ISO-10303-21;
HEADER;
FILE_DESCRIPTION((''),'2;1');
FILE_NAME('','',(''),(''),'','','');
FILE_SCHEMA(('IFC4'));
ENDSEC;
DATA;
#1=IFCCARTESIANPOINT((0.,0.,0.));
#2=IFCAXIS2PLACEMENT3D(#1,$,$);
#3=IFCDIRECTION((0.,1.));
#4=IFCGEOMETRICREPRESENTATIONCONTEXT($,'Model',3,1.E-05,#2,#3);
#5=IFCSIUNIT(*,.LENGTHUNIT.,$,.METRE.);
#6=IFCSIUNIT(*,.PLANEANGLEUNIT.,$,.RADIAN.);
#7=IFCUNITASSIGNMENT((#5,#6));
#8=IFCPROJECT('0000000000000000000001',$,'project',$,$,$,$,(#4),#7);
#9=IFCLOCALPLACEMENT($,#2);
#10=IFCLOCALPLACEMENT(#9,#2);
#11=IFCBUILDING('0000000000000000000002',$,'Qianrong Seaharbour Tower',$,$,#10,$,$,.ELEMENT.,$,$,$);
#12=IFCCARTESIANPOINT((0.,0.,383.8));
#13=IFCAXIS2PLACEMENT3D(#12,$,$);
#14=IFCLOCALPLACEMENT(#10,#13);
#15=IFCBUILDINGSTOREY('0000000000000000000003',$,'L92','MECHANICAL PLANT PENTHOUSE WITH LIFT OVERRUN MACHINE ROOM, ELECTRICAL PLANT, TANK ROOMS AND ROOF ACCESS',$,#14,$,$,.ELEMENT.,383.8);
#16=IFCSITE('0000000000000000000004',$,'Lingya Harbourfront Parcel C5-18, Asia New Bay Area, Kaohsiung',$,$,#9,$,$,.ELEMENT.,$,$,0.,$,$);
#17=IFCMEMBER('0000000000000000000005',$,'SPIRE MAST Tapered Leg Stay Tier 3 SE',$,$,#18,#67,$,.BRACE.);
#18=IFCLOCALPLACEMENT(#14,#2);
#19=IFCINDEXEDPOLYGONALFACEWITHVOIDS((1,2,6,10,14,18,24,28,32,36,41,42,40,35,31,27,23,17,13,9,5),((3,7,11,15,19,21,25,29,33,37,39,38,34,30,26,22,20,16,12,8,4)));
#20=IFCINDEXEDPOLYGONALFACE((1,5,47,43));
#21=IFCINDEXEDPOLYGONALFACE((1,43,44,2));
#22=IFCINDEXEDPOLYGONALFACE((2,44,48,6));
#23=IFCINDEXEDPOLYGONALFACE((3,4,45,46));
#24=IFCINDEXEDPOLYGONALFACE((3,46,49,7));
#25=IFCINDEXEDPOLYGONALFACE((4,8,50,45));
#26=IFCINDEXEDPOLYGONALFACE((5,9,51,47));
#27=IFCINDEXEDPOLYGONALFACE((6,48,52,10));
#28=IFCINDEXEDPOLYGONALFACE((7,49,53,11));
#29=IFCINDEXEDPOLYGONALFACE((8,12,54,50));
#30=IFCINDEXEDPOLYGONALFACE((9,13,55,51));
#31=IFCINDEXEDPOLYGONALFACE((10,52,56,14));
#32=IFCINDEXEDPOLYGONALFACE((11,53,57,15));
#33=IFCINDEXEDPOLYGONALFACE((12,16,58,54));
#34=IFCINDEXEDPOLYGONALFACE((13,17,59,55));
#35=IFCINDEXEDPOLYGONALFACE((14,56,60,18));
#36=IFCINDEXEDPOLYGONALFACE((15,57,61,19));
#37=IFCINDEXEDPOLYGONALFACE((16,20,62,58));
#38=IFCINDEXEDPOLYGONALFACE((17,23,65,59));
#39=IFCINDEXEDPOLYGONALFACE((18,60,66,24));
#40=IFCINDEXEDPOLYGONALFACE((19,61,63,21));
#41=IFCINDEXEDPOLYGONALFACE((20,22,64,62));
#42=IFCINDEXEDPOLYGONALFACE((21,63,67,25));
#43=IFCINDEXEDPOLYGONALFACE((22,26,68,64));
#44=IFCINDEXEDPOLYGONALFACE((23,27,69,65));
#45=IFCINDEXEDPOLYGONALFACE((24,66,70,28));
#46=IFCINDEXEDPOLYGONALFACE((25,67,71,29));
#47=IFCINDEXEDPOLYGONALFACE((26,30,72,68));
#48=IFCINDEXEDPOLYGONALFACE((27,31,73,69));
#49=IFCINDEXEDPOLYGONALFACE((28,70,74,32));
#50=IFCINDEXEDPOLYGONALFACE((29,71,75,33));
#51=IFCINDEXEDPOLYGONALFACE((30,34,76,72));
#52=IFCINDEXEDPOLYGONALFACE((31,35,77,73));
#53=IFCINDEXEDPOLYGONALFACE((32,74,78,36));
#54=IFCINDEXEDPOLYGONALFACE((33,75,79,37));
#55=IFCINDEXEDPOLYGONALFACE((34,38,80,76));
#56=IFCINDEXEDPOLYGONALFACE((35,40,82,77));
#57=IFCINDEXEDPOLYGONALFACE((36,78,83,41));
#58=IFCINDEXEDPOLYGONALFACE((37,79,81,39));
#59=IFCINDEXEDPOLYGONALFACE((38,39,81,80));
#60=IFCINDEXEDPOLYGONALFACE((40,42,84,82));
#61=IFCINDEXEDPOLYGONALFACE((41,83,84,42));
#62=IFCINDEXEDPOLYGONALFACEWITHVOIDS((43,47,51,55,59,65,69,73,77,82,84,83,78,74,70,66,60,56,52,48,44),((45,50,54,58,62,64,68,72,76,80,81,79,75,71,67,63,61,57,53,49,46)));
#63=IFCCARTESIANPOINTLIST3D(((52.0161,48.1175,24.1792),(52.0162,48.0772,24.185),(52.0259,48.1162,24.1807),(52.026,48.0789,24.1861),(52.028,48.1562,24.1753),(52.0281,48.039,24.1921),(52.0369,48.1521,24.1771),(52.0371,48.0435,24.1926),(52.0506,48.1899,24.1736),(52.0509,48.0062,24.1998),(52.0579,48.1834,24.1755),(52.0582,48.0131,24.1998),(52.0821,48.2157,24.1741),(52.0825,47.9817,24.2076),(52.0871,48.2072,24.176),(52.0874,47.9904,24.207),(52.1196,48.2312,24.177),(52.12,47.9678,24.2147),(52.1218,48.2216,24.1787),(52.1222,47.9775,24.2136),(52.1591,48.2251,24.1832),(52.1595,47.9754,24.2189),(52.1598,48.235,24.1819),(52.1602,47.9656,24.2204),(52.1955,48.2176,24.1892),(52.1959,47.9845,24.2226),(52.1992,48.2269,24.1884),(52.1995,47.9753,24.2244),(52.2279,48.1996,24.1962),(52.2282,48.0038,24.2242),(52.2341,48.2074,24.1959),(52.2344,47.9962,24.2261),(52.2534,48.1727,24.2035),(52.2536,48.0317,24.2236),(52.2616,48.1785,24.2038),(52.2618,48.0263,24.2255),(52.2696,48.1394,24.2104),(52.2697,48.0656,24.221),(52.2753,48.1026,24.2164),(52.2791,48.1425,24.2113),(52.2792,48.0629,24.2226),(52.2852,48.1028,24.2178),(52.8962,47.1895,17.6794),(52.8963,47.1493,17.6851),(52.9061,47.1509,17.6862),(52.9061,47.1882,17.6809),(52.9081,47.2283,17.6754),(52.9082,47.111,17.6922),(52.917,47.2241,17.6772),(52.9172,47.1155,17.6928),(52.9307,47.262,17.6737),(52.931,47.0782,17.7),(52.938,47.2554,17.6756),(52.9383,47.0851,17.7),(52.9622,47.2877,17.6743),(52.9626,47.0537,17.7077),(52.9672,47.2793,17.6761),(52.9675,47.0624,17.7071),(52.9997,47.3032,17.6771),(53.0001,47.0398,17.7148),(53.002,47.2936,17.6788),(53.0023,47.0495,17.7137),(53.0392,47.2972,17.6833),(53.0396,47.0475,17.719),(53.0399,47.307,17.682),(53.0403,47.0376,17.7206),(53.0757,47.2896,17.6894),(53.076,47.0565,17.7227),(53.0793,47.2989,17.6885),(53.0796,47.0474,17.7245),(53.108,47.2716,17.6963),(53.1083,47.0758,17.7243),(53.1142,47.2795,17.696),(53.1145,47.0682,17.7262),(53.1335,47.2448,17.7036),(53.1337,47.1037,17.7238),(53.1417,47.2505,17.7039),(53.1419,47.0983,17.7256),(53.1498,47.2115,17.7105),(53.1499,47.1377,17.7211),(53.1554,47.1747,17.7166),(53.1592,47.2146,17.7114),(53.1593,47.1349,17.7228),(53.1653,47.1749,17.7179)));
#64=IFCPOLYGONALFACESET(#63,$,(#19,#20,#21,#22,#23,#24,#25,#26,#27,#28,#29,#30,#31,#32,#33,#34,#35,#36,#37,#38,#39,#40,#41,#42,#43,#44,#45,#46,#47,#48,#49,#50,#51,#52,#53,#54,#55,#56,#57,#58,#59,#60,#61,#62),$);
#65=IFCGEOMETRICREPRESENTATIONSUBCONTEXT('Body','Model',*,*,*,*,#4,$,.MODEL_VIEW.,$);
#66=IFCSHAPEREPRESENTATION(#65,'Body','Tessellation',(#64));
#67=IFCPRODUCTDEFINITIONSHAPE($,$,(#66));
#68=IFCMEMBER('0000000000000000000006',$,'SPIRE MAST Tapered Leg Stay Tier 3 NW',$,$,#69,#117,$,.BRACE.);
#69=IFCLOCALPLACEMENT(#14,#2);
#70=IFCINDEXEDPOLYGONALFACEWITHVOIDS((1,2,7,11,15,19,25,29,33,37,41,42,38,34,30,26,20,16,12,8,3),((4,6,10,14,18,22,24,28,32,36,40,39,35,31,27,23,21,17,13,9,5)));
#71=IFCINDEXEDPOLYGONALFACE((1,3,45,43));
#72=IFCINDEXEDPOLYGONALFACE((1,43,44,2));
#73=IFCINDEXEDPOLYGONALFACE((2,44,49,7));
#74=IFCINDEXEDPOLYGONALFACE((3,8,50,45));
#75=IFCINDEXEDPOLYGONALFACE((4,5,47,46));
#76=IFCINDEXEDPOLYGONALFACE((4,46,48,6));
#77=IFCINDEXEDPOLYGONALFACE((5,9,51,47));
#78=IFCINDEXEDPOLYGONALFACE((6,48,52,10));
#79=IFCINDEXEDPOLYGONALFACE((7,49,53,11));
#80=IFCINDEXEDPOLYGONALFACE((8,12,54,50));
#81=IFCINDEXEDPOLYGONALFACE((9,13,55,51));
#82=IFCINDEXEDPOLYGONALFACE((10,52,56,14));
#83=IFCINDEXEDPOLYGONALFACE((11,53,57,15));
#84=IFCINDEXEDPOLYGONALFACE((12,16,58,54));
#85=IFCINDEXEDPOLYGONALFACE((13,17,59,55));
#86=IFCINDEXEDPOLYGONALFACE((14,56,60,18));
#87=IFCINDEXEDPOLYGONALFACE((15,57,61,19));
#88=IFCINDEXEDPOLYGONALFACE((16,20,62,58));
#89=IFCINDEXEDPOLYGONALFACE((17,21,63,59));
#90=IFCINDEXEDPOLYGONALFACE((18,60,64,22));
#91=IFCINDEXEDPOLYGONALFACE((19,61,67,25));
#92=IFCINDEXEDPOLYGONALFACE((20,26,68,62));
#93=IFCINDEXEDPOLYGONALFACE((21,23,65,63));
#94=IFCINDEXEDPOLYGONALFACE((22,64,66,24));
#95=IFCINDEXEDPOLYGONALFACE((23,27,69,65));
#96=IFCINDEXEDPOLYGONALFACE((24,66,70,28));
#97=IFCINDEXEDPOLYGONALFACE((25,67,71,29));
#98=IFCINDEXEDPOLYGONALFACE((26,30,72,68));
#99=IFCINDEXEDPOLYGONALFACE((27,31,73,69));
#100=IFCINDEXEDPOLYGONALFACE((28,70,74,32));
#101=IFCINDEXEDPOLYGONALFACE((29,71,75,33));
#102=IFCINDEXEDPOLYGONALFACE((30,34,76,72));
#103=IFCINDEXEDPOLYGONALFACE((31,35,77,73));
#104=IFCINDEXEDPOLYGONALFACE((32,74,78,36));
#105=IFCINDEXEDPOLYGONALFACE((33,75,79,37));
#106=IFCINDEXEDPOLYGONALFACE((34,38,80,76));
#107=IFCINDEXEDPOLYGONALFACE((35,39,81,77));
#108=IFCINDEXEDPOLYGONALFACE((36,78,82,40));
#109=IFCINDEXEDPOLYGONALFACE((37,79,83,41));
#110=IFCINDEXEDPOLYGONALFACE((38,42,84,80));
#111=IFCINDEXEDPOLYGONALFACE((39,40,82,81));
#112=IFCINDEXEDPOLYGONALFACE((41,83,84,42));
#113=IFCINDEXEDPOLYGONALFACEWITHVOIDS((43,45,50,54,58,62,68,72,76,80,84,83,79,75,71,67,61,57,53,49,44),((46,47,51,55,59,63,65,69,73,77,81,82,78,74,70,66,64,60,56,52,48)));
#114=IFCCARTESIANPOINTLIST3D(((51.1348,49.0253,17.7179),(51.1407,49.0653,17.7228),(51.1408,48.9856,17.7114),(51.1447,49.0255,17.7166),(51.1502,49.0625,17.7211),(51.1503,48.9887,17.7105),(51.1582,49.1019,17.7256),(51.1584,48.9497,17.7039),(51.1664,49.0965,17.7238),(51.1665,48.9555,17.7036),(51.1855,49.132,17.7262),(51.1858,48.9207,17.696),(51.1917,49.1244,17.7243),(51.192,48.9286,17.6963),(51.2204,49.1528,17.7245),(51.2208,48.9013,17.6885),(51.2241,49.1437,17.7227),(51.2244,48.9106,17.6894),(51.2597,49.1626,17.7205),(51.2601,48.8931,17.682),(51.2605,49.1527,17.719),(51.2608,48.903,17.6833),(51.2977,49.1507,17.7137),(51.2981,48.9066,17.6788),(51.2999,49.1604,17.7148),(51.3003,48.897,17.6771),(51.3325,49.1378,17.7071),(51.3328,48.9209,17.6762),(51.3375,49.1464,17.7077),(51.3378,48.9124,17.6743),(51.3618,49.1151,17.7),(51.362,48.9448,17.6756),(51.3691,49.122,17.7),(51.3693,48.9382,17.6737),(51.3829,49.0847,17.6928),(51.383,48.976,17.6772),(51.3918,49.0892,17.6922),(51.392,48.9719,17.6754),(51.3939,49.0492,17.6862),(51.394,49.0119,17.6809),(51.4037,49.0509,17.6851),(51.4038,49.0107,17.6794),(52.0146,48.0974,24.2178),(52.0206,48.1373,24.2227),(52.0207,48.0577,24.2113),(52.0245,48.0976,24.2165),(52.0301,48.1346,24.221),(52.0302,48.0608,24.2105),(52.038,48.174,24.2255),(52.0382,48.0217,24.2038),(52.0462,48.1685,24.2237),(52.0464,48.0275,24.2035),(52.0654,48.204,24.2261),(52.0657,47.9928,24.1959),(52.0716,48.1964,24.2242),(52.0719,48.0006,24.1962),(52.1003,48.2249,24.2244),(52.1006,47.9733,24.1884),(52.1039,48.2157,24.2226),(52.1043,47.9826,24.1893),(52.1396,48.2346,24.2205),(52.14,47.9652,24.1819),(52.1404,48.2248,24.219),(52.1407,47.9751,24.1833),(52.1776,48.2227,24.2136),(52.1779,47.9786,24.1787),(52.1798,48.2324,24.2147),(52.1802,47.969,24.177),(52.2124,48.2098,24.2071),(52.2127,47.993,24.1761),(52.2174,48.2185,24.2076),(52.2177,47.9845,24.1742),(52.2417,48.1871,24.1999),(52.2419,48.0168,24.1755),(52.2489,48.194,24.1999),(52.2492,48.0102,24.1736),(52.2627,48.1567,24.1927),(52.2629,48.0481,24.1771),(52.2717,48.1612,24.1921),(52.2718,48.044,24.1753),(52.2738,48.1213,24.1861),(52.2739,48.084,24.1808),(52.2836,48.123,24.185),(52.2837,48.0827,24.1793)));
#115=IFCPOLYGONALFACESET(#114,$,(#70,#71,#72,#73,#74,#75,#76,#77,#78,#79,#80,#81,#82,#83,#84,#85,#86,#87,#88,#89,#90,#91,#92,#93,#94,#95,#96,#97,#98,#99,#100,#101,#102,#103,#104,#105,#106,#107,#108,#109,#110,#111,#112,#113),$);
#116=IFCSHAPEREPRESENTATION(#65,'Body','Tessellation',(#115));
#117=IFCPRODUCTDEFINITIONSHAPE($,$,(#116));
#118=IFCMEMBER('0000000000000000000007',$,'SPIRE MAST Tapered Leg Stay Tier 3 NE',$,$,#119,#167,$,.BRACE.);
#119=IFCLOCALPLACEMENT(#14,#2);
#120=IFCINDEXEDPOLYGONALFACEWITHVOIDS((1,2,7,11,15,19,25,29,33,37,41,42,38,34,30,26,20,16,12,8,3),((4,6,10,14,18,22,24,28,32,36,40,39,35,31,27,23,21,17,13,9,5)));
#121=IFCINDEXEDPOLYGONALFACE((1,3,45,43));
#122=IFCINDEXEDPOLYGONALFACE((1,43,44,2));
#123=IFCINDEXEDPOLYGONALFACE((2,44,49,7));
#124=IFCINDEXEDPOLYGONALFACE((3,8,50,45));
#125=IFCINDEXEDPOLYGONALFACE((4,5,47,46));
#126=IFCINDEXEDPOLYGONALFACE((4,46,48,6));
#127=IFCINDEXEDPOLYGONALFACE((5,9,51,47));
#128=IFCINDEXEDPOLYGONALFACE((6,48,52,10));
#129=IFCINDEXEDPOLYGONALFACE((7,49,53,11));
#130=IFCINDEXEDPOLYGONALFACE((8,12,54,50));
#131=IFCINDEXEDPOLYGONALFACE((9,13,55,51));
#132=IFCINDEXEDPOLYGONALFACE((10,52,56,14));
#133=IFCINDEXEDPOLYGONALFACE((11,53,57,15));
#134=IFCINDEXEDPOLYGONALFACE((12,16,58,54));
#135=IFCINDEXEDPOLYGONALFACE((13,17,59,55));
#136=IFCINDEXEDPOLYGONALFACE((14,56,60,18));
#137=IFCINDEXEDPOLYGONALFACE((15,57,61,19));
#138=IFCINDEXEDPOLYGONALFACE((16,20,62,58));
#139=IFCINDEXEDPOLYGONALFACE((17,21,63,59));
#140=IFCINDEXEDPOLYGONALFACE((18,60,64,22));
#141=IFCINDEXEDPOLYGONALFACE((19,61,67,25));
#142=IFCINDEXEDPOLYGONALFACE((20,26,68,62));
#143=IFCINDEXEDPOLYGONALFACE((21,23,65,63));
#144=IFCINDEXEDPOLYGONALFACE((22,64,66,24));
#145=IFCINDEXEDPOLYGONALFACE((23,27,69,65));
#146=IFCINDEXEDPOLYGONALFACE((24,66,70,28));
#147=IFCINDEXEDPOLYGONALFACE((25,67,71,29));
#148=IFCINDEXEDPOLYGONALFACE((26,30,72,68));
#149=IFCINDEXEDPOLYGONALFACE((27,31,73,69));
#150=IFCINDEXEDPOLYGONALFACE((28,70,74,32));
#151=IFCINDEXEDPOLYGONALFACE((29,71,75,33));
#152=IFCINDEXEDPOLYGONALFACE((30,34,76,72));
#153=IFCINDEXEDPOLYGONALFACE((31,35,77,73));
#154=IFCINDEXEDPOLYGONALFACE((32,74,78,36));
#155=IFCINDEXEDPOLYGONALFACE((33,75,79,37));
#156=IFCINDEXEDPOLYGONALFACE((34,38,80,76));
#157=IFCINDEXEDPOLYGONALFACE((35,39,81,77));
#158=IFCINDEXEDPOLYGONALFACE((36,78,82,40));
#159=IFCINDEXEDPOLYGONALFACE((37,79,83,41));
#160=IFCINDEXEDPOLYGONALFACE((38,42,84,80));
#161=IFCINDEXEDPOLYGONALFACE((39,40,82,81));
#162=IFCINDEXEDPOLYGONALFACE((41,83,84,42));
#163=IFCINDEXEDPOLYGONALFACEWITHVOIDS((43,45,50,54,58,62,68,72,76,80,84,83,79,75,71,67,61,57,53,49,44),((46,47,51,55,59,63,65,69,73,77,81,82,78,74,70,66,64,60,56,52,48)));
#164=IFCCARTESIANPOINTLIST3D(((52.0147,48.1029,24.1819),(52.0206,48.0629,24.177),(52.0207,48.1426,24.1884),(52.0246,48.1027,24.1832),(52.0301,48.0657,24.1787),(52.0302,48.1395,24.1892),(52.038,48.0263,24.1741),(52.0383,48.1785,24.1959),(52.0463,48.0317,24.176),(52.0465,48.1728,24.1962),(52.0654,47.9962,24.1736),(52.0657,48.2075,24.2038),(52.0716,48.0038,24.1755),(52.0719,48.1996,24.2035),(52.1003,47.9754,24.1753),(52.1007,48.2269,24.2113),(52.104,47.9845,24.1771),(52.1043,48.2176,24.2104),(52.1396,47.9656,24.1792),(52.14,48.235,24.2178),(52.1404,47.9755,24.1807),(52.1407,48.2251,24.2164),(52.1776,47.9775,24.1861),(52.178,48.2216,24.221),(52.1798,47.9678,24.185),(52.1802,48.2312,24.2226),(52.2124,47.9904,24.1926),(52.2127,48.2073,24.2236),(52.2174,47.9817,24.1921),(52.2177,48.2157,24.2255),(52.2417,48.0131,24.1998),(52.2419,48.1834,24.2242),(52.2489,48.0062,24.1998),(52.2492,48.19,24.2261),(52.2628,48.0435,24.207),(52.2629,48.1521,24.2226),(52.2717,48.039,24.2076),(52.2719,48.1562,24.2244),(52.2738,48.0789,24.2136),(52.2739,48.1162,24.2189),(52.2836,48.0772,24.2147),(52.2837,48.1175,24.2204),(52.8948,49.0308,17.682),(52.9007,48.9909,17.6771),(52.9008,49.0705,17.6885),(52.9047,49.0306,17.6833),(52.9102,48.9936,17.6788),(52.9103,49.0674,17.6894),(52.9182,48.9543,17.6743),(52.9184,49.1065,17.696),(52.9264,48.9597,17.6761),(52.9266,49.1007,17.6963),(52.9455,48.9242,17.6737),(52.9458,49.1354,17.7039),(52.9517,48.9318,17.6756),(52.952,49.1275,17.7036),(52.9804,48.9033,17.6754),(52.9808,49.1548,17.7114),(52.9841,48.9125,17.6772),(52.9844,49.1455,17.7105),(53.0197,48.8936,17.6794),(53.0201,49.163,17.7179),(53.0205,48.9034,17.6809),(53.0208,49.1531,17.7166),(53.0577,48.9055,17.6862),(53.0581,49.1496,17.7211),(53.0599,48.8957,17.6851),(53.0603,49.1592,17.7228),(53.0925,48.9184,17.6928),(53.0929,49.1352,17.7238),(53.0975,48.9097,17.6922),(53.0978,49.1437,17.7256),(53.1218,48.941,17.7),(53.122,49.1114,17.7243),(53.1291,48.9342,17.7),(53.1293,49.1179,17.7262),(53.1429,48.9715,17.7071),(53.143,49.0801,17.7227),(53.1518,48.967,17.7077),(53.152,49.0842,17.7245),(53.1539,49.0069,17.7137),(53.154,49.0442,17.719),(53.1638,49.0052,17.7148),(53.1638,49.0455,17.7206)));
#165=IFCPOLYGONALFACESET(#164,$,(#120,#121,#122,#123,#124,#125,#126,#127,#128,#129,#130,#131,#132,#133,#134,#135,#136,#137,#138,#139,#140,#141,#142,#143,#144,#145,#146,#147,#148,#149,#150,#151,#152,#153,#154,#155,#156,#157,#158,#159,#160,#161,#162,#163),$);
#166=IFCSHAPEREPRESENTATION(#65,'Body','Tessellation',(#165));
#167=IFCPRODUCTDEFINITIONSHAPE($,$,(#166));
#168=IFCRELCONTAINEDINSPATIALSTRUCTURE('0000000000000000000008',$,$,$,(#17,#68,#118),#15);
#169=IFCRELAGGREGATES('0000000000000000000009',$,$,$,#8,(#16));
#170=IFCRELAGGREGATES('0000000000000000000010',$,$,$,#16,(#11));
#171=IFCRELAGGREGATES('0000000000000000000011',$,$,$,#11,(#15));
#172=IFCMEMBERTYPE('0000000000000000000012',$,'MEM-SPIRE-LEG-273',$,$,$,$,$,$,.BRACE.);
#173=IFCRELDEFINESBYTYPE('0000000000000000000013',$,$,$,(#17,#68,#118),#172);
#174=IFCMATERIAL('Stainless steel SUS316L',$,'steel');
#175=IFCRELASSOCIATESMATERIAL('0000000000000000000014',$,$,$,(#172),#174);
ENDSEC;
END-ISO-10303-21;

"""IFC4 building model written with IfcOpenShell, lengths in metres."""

from ifc_helpers import new_model, si_unit, direction, frame, origin, origin_2d, place, context, subcontext, project, spatial, hollow_circle, extrude, material, material_profile, profile_set, type_object, element, save


model = new_model("IFC4")

# Units and contexts
model_context = context("Model", 3, precision=1e-05, world=origin(), true_north=direction((0.0, 1.0)))
body_context = subcontext(model_context, "Body", "Model", "MODEL_VIEW")
ifc_project = project(units=[si_unit("LENGTHUNIT", "METRE"), si_unit("PLANEANGLEUNIT", "RADIAN")], contexts=[model_context])

# Site, building, storey
site_placement = place(None, origin())
site = spatial("IfcSite", under=ifc_project, at=site_placement, Name="Lingya Harbourfront Parcel C5-18, Asia New Bay Area, Kaohsiung", CompositionType="ELEMENT", RefElevation=0.0)
building_placement = place(site_placement, origin())
building = spatial("IfcBuilding", under=site, at=building_placement, Name="Qianrong Seaharbour Tower", CompositionType="ELEMENT")
storey_placement = place(building_placement, frame((0.0, 0.0, 383.8)))
storey = spatial("IfcBuildingStorey", under=building, at=storey_placement, Name="L92", Description="MECHANICAL PLANT PENTHOUSE WITH LIFT OVERRUN MACHINE ROOM, ELECTRICAL PLANT, TANK ROOMS AND ROOF ACCESS", CompositionType="ELEMENT", Elevation=383.8)

# Shared definitions
ifc_material = material(Name="Stainless steel SUS316L", Category="steel")

# Members
ifc_material_profile_1 = material_profile(ifc_material, hollow_circle(Radius=0.1365, WallThickness=0.01, at=origin_2d()), Name="CHS273.0x10")
ifc_profile_set_1 = profile_set([ifc_material_profile_1], Name="Stainless steel SUS316L")
member_type_1 = type_object("IfcMemberType", Name="MEM-SPIRE-LEG-273", PredefinedType="BRACE", material=ifc_profile_set_1)
for number, where, z_axis, x_axis, name in (
    (1, (53.03, 47.1721, 17.7), (-0.132857, 0.14008, 0.981186), (-0.725566, -0.688152, 0.0), "SPIRE MAST Tapered Leg Stay Tier 3 SE"),
    (2, (51.27, 49.0281, 17.7), (0.132821, -0.140081, 0.981191), (0.725662, 0.688052, 0.0), "SPIRE MAST Tapered Leg Stay Tier 3 NW"),
    (3, (53.03, 49.0281, 17.7), (-0.132857, -0.14008, 0.981186), (0.725566, -0.688152, 0.0), "SPIRE MAST Tapered Leg Stay Tier 3 NE"),
):
    element("IfcMember", number, at=place(storey_placement, frame(where, z_axis=z_axis, x_axis=x_axis)), inside=storey, type_object=member_type_1, Name=name, PredefinedType="BRACE", context=body_context, shape_type="SweptSolid", body=[
        extrude(hollow_circle(Radius=0.1365, WallThickness=0.01, at=origin_2d()), origin(), (0.0, 0.0, 1.0), 6.6245),
    ])

save(model, "model.ifc")
